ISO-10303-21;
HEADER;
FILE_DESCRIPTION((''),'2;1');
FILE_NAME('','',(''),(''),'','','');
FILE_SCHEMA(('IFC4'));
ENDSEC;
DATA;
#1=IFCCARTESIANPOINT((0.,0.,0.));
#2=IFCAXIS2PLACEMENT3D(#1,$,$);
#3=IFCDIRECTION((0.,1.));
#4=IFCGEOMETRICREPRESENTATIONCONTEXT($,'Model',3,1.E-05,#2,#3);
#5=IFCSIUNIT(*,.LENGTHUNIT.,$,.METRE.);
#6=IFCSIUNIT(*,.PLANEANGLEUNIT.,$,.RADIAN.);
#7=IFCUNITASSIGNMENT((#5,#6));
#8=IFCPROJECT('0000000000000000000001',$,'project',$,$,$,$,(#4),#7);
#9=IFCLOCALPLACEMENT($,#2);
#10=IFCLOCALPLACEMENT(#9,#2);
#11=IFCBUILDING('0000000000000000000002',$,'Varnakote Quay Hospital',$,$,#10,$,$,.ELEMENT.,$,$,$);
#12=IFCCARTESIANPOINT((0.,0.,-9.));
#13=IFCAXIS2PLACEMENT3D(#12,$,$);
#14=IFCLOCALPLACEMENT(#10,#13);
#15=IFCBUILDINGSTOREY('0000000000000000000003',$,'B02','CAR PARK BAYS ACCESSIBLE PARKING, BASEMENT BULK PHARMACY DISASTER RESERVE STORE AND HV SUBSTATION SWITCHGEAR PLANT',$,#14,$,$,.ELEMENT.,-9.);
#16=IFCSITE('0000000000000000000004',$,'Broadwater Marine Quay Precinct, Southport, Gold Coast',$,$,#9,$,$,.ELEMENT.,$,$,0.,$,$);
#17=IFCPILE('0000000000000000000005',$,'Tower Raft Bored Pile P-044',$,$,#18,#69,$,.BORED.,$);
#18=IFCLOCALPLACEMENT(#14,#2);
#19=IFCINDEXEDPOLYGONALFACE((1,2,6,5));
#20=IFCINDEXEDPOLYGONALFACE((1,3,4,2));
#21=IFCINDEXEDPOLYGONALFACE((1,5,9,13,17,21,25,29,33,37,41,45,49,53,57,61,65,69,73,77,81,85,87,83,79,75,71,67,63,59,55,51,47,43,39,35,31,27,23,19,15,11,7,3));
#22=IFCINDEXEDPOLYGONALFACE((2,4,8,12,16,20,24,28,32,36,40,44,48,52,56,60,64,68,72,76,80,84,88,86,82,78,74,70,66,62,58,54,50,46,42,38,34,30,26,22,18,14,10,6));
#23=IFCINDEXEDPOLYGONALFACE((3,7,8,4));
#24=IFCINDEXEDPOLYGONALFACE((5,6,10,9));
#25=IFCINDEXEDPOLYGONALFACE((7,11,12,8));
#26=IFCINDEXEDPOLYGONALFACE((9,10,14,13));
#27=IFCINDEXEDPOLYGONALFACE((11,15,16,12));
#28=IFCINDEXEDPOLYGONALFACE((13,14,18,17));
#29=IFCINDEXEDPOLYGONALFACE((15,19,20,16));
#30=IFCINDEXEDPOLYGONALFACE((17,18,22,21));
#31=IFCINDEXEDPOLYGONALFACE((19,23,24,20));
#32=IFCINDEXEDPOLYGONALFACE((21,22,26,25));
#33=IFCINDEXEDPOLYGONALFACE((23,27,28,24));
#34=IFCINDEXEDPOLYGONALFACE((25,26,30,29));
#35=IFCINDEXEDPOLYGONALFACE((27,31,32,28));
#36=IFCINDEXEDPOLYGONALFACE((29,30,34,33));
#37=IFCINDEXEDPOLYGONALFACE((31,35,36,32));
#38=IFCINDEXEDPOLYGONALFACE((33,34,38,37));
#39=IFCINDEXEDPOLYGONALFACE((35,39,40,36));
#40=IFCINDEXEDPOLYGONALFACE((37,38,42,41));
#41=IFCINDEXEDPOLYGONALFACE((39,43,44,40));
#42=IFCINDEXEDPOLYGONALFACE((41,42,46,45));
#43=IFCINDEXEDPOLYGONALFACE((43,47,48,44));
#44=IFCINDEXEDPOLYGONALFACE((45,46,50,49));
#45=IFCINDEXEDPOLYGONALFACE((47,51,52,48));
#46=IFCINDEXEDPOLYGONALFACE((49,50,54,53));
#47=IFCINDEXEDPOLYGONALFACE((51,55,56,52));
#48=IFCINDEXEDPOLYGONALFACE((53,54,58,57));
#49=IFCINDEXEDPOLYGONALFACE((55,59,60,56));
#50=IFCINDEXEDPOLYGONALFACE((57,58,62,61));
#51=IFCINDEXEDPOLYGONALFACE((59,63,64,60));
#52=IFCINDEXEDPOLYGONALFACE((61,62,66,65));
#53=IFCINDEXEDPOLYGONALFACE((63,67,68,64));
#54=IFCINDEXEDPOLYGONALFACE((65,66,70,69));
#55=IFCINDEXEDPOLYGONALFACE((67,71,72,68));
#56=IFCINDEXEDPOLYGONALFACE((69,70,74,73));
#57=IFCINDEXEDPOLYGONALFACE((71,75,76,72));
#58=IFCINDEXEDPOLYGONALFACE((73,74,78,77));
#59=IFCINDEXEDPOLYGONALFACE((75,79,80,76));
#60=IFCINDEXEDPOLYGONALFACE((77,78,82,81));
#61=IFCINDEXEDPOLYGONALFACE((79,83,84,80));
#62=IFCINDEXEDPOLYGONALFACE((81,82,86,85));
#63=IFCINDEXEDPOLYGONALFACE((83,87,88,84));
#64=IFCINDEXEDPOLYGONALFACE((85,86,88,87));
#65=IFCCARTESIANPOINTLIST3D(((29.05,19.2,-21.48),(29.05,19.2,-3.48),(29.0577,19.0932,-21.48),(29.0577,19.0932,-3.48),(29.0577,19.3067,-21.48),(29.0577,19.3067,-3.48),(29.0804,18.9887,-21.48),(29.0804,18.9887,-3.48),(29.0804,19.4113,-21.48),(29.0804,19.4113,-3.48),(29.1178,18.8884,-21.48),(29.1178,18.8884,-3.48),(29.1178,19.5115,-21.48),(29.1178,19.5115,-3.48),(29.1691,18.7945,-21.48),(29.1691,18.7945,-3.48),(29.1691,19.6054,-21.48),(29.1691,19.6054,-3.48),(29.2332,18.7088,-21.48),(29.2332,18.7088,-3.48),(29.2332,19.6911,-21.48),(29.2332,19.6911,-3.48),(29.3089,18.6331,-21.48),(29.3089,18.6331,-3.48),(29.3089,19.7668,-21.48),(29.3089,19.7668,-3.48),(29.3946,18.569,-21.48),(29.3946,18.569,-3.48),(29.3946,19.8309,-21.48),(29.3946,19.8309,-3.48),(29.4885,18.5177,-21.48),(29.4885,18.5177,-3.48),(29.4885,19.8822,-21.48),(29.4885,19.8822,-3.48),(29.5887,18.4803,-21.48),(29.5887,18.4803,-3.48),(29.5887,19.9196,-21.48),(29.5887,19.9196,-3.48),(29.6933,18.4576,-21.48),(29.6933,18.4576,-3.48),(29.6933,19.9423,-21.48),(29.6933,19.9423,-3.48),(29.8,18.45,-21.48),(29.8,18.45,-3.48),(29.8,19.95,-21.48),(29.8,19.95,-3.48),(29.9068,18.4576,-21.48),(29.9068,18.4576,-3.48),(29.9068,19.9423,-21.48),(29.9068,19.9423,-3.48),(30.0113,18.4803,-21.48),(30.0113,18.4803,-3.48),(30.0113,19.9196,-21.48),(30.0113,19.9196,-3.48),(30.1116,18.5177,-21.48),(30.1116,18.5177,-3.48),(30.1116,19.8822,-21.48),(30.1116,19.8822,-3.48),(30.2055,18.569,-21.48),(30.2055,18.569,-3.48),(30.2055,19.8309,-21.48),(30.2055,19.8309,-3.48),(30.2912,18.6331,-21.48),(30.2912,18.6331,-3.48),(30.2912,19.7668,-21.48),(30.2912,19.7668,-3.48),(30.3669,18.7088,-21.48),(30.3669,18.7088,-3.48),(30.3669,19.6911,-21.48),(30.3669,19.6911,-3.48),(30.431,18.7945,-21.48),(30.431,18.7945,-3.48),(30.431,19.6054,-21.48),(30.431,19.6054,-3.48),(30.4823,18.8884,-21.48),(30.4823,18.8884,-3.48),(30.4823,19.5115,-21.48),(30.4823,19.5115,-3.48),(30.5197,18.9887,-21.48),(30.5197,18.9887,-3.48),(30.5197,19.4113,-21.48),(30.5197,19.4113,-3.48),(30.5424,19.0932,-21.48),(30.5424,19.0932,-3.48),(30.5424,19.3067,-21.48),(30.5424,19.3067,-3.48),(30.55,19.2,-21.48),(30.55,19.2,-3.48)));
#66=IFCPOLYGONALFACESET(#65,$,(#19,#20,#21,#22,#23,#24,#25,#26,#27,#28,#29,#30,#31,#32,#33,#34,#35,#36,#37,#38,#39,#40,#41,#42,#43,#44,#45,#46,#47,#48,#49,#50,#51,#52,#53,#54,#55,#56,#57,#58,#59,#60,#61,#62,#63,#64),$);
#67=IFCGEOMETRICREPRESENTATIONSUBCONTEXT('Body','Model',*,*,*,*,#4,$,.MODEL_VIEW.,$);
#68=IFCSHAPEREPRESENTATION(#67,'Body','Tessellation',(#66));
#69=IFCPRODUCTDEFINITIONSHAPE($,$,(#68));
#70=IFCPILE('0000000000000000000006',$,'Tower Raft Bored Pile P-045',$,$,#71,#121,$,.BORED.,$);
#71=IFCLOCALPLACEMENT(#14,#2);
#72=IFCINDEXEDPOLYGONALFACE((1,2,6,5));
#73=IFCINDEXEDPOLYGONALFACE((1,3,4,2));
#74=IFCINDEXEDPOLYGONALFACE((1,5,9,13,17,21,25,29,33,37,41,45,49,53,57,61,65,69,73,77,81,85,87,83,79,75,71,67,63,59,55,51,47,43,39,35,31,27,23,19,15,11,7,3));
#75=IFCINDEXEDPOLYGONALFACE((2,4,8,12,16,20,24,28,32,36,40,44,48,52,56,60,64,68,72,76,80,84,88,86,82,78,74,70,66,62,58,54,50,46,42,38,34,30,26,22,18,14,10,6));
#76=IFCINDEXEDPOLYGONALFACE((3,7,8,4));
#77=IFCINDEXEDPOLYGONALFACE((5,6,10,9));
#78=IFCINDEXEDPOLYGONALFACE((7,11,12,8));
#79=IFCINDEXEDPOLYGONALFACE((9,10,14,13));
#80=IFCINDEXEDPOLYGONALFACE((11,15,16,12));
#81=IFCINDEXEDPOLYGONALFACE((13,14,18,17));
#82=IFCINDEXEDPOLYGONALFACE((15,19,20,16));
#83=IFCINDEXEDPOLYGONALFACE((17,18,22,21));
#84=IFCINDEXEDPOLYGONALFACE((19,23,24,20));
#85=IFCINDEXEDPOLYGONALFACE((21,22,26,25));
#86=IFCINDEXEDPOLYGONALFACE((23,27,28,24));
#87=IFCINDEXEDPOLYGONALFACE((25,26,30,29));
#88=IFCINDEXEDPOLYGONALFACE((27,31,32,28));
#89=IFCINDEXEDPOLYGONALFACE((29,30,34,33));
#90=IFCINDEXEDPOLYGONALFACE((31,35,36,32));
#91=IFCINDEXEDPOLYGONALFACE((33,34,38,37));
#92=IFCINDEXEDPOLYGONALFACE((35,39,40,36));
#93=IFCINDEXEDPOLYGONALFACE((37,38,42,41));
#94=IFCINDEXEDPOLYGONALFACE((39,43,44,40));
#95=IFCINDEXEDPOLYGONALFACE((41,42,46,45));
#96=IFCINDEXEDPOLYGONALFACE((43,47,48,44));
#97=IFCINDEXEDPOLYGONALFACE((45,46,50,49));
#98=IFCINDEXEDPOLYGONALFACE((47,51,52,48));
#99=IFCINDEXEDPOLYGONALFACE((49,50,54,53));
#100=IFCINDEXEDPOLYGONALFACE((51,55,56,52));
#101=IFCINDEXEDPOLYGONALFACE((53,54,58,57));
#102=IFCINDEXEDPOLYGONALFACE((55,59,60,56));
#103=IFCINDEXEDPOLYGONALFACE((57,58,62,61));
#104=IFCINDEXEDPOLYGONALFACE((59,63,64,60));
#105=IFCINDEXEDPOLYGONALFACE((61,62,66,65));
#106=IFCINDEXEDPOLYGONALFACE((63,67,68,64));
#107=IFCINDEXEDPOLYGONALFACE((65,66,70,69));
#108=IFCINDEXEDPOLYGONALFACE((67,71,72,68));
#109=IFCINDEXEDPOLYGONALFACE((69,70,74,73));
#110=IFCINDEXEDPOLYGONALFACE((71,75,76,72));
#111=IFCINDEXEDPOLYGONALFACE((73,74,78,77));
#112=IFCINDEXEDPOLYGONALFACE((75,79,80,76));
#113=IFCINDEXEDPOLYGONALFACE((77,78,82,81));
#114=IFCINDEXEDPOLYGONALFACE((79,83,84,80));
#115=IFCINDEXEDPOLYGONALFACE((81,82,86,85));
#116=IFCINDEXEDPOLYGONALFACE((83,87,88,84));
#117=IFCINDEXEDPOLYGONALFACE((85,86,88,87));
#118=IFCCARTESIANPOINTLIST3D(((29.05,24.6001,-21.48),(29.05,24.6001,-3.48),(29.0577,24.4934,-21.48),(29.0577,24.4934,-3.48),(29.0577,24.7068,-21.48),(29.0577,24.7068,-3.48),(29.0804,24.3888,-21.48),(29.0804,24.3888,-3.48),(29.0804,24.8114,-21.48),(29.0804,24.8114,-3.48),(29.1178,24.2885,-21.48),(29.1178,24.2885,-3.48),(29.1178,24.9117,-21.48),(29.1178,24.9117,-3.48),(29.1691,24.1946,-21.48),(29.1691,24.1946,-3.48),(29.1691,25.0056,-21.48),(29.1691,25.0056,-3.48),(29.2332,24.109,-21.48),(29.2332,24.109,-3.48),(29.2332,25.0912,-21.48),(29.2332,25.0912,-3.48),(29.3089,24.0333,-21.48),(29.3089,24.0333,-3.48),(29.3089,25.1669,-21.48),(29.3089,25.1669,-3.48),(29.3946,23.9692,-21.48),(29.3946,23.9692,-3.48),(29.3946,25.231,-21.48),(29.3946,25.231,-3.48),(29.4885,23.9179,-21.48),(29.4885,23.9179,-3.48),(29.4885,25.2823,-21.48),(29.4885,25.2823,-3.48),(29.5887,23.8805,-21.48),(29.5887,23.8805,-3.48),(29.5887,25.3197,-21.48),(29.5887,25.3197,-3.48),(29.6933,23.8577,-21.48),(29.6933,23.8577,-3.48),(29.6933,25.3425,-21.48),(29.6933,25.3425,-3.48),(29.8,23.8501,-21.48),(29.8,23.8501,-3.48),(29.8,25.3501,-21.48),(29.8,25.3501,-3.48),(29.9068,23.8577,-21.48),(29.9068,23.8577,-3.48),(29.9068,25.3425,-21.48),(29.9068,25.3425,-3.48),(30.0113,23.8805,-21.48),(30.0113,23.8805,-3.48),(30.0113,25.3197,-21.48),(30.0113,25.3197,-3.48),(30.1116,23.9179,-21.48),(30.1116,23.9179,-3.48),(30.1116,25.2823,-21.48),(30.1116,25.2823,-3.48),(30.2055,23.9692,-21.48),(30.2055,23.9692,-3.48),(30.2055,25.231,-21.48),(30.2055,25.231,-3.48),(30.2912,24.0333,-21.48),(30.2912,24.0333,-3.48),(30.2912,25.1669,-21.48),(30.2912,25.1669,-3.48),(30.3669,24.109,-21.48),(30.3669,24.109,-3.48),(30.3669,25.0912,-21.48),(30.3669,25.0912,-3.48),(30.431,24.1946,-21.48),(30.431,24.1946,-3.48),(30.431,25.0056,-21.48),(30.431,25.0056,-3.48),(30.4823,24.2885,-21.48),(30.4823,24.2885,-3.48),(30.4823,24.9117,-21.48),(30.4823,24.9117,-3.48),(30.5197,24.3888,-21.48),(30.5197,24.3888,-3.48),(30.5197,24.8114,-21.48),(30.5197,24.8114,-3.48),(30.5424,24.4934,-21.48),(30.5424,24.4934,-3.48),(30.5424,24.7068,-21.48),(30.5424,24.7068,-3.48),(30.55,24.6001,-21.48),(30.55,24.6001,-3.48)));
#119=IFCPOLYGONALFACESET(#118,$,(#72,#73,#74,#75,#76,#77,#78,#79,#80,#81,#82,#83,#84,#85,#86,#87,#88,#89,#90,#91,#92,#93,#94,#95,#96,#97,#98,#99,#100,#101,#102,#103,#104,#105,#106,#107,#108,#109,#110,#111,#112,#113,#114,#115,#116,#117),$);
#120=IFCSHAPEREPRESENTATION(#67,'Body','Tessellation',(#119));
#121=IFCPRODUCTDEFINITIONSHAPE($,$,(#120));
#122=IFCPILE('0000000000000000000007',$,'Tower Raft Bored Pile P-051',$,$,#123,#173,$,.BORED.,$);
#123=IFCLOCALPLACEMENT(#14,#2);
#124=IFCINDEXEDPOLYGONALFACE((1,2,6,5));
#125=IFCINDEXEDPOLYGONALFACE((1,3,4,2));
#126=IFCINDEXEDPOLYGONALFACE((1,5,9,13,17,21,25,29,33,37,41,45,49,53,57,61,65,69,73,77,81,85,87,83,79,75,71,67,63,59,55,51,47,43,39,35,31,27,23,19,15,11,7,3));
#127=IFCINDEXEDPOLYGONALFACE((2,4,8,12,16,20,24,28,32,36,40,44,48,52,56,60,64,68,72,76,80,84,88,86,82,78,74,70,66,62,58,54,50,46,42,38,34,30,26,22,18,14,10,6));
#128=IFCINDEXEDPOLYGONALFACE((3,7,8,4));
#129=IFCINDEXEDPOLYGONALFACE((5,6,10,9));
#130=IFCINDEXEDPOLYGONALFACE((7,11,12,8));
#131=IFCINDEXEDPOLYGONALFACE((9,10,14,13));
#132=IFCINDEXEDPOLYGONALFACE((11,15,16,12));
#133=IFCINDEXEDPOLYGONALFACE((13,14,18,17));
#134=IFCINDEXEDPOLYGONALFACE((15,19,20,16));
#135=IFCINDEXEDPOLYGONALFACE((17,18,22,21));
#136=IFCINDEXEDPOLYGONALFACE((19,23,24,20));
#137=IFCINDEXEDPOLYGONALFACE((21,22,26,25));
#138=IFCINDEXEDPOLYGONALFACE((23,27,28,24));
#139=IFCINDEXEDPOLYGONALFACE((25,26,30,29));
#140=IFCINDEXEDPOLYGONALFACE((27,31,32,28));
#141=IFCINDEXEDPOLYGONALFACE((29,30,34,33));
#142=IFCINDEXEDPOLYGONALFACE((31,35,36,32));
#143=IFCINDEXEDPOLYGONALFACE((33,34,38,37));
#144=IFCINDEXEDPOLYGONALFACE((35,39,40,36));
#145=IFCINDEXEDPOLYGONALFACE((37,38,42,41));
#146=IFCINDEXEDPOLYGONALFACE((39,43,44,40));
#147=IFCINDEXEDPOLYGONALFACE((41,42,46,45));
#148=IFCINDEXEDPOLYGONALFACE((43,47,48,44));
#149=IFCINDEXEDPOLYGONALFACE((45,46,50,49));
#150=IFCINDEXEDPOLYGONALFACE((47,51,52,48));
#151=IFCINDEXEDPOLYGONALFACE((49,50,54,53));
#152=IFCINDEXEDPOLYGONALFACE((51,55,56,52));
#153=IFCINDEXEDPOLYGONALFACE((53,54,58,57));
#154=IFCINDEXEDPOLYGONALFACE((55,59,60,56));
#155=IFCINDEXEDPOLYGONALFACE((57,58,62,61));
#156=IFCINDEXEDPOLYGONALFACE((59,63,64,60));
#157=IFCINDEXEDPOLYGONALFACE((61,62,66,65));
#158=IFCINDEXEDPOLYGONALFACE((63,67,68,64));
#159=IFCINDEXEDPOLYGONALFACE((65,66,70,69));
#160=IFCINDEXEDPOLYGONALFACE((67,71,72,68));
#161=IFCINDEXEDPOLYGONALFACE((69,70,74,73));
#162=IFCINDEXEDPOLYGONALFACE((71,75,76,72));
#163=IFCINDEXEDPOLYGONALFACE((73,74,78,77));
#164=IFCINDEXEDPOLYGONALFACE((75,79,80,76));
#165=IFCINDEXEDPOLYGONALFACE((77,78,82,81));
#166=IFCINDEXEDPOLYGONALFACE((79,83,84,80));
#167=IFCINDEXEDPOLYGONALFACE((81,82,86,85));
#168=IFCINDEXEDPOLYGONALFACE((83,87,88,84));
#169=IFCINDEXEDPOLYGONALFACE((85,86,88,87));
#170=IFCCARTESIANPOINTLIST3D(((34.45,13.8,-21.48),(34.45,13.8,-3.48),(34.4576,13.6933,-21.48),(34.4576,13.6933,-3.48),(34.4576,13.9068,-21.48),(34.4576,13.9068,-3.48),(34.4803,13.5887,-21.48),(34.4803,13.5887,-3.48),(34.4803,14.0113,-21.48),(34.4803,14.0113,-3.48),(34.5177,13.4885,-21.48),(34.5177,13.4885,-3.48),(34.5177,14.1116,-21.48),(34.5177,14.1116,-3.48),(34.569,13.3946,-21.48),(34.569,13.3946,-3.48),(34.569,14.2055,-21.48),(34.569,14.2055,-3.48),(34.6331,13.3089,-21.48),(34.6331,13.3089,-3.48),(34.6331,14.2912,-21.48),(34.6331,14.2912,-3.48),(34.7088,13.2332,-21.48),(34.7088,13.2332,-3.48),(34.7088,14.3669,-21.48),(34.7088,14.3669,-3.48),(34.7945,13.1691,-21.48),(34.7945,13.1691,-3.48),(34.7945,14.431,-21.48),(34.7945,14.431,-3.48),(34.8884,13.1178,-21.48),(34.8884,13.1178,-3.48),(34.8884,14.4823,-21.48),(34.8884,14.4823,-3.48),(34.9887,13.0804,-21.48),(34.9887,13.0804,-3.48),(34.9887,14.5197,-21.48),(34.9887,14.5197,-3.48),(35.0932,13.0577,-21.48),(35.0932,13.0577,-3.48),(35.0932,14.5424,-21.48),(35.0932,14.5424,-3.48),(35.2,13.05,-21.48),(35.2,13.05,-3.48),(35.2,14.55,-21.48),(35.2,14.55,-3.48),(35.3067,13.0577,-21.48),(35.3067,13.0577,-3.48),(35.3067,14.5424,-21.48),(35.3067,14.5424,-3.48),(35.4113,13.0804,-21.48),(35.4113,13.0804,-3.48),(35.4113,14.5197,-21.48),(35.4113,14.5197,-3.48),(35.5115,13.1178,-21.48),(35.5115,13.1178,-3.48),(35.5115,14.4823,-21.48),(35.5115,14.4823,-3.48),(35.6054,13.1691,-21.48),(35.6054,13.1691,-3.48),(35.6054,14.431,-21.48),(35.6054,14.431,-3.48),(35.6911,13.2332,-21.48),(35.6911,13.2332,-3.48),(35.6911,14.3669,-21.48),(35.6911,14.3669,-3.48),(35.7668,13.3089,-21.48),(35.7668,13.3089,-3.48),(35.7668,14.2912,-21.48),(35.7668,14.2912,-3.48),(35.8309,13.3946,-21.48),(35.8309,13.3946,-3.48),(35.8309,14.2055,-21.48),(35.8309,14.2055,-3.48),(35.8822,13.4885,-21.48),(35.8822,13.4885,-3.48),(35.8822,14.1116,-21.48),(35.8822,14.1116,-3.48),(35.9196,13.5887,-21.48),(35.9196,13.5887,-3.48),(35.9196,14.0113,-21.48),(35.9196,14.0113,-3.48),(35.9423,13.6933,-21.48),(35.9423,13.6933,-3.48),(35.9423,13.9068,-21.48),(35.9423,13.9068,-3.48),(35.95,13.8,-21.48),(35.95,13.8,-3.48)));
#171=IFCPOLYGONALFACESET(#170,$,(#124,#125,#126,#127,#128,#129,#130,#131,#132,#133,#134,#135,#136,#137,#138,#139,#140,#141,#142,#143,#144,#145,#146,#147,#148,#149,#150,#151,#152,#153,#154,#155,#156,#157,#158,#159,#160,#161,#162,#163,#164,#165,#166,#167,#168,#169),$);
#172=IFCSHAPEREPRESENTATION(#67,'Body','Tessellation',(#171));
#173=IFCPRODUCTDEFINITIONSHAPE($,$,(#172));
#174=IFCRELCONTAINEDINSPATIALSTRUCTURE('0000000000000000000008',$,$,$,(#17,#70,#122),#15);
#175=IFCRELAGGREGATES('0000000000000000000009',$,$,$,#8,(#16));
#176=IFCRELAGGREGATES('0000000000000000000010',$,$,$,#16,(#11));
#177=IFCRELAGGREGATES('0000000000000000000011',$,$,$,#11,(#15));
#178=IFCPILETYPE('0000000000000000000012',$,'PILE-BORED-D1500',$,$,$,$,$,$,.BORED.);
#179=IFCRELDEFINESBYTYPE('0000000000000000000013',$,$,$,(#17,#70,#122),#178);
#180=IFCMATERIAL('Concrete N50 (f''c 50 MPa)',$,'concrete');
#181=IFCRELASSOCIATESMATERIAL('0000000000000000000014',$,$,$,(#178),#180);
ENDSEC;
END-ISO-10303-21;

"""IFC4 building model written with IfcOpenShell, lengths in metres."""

from ifc_helpers import new_model, si_unit, direction, frame, origin, origin_2d, place, context, subcontext, project, spatial, circle, extrude, material, material_profile, profile_set, type_object, element, save


model = new_model("IFC4")

# Units and contexts
model_context = context("Model", 3, precision=1e-05, world=origin(), true_north=direction((0.0, 1.0)))
body_context = subcontext(model_context, "Body", "Model", "MODEL_VIEW")
ifc_project = project(units=[si_unit("LENGTHUNIT", "METRE"), si_unit("PLANEANGLEUNIT", "RADIAN")], contexts=[model_context])

# Site, building, storey
site_placement = place(None, origin())
site = spatial("IfcSite", under=ifc_project, at=site_placement, Name="Broadwater Marine Quay Precinct, Southport, Gold Coast", CompositionType="ELEMENT", RefElevation=0.0)
building_placement = place(site_placement, origin())
building = spatial("IfcBuilding", under=site, at=building_placement, Name="Varnakote Quay Hospital", CompositionType="ELEMENT")
storey_placement = place(building_placement, frame((0.0, 0.0, -9.0)))
storey = spatial("IfcBuildingStorey", under=building, at=storey_placement, Name="B02", Description="CAR PARK BAYS ACCESSIBLE PARKING, BASEMENT BULK PHARMACY DISASTER RESERVE STORE AND HV SUBSTATION SWITCHGEAR PLANT", CompositionType="ELEMENT", Elevation=-9.0)

# Piles
ifc_material_1 = material(Name="Concrete N50 (f'c 50 MPa)", Category="concrete")
ifc_material_profile_1 = material_profile(ifc_material_1, circle(Radius=0.75, at=origin_2d()), Name="PILE-D1500")
ifc_profile_set_1 = profile_set([ifc_material_profile_1], Name="Concrete N50 (f'c 50 MPa)")
pile_type_1 = type_object("IfcPileType", Name="PILE-BORED-D1500", PredefinedType="BORED", material=ifc_profile_set_1)
for number, where, z_axis, x_axis, name in (
    (1, (29.8, 19.2, -3.48), (0.0, 0.0, -1.0), (1.0, 0.0, 0.0), "Tower Raft Bored Pile P-044"),
    (2, (29.8, 24.6001, -3.48), (0.0, 0.0, -1.0), (1.0, 0.0, 0.0), "Tower Raft Bored Pile P-045"),
    (3, (35.2, 13.8, -3.48), (0.0, 0.0, -1.0), (1.0, 0.0, 0.0), "Tower Raft Bored Pile P-051"),
):
    element("IfcPile", number, at=place(storey_placement, frame(where, z_axis=z_axis, x_axis=x_axis)), inside=storey, type_object=pile_type_1, Name=name, PredefinedType="BORED", context=body_context, shape_type="SweptSolid", body=[
        extrude(circle(Radius=0.75, at=origin_2d()), origin(), (0.0, 0.0, 1.0), 18.0),
    ])

save(model, "model.ifc")
